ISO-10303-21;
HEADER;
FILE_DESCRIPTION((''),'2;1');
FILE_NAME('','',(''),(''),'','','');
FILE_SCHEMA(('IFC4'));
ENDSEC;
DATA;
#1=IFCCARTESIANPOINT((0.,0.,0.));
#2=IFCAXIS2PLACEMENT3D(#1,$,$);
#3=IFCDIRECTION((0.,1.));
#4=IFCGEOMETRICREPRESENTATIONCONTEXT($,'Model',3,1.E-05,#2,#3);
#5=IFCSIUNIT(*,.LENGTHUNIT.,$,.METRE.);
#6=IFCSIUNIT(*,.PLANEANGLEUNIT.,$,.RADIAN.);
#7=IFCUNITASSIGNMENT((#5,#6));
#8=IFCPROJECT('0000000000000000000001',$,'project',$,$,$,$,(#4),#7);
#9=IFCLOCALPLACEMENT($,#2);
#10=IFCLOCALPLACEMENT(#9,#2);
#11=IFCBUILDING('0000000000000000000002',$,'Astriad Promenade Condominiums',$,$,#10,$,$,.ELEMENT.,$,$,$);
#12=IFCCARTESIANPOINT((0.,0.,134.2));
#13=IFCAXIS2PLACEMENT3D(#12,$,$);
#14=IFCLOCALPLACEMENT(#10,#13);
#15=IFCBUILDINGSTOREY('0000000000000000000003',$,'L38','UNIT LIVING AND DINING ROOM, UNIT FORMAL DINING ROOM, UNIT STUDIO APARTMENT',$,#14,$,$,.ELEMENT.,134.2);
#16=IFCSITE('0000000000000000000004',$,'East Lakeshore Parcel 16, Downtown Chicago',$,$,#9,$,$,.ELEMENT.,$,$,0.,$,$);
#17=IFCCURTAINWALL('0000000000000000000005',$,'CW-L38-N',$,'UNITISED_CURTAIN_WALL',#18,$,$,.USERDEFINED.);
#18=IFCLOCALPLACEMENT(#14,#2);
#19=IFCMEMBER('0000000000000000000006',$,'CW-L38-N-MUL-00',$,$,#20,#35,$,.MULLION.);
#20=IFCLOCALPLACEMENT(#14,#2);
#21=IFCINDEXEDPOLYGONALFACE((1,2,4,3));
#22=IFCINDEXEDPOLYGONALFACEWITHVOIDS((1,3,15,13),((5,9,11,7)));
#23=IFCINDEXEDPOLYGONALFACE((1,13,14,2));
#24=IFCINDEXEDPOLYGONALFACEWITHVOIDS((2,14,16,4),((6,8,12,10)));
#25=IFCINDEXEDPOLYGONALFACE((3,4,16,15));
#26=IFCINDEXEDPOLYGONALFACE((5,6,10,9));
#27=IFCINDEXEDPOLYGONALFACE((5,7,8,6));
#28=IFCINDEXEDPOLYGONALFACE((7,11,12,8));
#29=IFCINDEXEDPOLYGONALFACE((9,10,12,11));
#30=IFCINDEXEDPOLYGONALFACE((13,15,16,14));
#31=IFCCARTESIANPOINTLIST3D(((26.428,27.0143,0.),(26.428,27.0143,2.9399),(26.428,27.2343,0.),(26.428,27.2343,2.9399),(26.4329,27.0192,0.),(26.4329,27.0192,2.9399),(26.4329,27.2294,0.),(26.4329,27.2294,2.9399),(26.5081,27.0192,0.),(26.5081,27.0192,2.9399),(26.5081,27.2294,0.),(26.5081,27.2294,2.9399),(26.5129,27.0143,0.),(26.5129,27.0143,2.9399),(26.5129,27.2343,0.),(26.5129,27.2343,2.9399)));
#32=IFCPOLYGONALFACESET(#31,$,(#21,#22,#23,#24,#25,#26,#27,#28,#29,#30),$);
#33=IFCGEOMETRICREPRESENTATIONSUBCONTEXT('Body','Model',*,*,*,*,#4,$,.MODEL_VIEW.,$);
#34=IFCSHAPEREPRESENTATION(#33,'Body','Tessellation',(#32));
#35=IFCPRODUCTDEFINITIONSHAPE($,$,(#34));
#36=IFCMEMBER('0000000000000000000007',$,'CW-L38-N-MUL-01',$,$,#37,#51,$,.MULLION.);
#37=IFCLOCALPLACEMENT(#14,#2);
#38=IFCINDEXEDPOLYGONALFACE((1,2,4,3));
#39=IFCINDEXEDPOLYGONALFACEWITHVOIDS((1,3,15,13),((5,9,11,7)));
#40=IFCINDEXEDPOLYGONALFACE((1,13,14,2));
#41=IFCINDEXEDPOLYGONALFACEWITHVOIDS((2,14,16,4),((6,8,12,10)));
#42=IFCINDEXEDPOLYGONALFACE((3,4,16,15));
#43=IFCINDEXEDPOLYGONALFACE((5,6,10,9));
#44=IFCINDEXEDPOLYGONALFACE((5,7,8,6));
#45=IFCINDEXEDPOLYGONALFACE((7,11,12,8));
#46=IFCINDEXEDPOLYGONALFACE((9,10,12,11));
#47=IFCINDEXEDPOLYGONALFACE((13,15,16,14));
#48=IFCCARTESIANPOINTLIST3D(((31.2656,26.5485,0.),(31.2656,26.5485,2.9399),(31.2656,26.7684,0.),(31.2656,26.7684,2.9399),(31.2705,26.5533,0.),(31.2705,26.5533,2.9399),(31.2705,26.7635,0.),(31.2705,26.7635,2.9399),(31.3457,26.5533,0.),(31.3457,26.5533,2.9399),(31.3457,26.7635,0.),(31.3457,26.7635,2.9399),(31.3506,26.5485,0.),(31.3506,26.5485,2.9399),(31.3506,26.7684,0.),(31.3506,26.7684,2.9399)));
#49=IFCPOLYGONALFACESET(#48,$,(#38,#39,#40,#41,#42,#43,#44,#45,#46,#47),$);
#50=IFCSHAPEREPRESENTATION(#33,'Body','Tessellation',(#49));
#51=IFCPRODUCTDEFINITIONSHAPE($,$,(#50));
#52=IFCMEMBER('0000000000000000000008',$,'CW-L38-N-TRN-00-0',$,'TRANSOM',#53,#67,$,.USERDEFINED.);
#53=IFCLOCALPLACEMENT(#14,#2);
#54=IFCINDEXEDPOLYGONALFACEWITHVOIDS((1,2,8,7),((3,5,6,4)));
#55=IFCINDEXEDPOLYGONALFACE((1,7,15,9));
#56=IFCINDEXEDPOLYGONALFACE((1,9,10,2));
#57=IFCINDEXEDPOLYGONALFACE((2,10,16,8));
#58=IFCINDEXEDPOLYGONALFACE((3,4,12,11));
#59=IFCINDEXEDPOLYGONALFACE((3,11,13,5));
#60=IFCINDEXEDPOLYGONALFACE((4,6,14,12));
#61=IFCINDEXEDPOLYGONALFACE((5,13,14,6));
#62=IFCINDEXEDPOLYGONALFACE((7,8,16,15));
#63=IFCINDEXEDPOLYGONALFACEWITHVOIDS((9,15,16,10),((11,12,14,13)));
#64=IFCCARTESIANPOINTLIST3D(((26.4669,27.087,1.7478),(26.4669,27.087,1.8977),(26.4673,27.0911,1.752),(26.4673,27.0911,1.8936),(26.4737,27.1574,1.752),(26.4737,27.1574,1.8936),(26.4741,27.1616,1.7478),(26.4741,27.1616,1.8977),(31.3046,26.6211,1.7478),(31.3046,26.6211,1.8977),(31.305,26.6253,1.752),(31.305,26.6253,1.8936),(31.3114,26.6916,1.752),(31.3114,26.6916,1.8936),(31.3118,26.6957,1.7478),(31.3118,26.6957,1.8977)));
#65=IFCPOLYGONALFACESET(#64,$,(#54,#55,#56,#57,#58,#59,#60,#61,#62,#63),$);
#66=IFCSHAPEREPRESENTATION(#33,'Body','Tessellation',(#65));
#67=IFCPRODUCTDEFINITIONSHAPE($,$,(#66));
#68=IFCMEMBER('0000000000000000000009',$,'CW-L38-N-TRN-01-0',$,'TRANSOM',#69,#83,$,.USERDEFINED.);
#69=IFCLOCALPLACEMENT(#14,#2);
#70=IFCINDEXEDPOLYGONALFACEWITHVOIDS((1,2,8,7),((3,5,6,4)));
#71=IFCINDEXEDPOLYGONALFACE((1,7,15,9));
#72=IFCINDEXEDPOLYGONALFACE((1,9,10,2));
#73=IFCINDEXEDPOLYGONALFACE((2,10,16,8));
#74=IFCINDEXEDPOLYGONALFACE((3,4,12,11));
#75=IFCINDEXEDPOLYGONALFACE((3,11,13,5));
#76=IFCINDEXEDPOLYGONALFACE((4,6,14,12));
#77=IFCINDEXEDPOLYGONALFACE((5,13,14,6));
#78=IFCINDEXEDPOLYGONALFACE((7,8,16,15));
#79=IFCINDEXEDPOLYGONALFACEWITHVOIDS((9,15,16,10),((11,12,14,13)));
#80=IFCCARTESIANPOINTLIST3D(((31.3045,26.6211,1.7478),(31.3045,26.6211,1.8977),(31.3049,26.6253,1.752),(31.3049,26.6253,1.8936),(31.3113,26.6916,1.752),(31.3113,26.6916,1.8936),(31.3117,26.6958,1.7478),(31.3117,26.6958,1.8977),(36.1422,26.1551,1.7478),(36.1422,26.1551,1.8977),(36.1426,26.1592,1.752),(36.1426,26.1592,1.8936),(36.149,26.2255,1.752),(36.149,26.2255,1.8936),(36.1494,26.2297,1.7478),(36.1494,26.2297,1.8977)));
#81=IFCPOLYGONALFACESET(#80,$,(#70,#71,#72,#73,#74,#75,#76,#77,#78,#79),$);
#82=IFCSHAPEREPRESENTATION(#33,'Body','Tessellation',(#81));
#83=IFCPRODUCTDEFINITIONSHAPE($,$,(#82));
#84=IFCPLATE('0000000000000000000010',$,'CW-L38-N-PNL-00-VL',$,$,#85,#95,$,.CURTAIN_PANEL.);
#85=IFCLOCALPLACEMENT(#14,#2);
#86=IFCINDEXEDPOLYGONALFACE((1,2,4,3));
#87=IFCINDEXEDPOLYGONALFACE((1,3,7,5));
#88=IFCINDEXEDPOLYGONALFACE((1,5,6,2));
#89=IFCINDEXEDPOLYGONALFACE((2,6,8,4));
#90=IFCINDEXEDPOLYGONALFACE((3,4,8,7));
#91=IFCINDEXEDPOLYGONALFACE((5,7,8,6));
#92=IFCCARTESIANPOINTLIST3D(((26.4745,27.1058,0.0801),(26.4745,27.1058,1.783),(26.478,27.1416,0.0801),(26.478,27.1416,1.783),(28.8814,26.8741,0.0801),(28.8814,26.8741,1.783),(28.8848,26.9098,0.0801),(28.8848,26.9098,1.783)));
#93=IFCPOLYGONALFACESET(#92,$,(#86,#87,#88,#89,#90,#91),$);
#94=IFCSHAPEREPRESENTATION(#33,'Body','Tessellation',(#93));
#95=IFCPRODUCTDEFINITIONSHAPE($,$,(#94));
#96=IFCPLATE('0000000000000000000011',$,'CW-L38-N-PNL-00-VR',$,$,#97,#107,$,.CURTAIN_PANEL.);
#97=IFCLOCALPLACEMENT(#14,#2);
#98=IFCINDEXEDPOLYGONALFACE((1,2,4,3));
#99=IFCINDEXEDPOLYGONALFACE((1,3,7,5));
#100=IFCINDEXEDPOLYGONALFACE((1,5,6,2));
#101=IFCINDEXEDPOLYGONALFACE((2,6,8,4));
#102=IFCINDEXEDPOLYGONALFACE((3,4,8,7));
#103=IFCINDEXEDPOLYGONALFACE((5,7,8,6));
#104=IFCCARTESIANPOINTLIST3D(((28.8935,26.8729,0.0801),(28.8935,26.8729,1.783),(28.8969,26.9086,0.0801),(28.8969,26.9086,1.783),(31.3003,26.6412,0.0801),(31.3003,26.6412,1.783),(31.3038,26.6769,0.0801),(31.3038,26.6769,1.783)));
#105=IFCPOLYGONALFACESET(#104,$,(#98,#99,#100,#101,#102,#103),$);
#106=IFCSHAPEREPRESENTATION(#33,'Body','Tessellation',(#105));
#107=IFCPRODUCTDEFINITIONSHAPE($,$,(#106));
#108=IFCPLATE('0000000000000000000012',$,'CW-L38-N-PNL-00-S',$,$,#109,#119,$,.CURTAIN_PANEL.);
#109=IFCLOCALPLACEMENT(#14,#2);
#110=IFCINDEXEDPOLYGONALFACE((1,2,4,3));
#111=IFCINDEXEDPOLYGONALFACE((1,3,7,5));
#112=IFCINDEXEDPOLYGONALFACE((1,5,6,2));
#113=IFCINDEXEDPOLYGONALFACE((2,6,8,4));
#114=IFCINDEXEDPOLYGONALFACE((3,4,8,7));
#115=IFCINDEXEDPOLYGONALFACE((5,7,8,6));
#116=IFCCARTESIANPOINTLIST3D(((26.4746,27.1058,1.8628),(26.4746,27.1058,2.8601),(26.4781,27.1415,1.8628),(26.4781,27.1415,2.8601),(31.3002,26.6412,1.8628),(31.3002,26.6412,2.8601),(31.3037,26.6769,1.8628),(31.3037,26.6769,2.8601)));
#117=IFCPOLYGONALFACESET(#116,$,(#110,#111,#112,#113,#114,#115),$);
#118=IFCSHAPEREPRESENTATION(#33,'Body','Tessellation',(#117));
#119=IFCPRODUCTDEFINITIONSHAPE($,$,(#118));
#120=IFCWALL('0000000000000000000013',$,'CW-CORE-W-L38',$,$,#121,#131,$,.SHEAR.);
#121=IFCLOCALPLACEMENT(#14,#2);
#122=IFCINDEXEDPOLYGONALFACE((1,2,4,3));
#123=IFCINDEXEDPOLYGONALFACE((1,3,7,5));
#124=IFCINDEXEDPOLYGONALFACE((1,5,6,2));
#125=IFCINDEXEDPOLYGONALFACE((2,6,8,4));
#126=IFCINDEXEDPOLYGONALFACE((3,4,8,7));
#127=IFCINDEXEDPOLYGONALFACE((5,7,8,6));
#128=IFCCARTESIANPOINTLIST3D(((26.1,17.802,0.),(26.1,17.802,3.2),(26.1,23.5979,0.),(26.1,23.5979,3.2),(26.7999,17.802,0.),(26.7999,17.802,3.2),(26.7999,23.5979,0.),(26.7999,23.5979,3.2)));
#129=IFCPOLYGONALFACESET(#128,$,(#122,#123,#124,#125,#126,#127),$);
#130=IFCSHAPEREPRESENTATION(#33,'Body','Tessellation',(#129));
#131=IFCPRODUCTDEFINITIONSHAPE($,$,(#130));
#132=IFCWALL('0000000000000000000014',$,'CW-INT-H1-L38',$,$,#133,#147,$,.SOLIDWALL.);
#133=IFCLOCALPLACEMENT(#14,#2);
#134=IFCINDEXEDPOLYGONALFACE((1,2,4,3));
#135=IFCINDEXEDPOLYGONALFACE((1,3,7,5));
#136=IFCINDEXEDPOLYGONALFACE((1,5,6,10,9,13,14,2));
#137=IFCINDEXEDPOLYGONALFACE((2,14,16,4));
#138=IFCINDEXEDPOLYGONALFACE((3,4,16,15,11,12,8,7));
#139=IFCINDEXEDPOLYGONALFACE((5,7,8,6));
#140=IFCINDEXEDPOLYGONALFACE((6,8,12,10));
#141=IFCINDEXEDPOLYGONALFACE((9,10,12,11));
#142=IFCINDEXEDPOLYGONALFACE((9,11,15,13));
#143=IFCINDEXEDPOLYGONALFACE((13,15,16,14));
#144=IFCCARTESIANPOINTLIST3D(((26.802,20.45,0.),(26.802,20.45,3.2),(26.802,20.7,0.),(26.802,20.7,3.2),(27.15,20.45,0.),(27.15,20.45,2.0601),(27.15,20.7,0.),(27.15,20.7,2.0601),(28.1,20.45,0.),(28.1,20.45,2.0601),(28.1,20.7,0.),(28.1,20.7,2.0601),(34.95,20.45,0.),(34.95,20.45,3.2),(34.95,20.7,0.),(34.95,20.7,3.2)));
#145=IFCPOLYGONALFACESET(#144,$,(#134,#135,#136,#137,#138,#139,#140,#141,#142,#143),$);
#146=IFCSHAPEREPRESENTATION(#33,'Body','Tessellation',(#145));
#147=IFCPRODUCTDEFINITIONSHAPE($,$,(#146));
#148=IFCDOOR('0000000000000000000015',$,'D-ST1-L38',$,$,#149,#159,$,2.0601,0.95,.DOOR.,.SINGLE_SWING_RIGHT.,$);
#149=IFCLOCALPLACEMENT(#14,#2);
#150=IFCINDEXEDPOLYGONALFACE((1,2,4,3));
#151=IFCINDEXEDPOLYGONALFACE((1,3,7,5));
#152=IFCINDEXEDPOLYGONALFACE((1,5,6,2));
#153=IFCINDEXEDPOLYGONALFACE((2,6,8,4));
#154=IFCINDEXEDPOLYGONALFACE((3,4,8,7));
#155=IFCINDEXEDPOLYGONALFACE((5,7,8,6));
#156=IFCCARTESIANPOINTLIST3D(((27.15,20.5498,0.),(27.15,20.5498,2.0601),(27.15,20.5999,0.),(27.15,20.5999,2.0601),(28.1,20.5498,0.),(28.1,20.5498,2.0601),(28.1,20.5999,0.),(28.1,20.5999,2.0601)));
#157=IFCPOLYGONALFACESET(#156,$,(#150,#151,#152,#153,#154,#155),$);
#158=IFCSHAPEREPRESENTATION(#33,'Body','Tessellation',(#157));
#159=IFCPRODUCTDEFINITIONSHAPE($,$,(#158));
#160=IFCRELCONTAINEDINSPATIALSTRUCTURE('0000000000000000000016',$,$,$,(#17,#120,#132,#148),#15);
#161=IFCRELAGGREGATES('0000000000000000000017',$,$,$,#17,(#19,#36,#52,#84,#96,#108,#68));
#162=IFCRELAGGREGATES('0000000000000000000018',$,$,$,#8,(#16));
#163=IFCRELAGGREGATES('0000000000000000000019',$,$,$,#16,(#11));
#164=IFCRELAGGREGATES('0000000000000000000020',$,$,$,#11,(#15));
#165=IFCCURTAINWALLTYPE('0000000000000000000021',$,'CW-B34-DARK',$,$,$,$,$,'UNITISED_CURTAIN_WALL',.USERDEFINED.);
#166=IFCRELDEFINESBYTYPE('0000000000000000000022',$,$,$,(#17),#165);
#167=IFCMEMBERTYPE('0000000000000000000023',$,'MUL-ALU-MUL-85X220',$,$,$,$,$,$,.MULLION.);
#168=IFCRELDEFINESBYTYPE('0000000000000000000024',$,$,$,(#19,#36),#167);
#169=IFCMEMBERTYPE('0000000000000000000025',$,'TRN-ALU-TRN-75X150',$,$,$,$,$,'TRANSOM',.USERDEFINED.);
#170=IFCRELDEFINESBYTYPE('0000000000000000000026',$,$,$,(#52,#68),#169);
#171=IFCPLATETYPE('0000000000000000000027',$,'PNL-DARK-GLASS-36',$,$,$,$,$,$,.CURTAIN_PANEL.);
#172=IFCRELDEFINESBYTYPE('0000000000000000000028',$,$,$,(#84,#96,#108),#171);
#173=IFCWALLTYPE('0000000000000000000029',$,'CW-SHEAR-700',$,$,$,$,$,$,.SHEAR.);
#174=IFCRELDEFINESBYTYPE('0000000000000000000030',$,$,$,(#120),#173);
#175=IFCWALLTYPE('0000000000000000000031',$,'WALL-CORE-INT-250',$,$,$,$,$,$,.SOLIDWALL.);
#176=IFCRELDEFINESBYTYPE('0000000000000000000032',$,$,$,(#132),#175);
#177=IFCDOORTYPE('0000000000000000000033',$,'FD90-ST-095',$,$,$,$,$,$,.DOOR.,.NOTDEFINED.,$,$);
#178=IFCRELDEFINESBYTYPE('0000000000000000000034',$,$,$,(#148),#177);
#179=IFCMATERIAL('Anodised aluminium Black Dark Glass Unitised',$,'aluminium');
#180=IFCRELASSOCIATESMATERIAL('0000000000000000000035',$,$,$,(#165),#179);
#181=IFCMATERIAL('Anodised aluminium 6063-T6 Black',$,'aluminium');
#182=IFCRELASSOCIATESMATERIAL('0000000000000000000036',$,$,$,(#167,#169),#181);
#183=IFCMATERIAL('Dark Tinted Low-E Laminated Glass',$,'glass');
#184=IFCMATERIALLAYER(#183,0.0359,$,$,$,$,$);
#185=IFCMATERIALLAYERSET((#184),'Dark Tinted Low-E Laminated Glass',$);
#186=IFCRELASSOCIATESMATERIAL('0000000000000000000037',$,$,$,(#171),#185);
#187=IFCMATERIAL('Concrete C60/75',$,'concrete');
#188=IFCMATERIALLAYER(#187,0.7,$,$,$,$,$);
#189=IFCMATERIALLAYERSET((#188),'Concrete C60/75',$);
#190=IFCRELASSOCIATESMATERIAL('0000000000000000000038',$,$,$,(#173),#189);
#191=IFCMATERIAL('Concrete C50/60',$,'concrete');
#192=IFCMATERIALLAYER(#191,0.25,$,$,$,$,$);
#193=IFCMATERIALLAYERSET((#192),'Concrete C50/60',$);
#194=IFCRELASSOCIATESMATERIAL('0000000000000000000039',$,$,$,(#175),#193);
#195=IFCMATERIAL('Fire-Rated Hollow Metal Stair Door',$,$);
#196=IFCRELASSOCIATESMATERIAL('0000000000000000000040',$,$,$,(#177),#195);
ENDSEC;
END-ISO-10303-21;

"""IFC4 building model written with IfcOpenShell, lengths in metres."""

from ifc_helpers import new_model, si_unit, direction, frame, frame_2d, origin, origin_2d, place, context, subcontext, project, spatial, rectangle, hollow_rectangle, extrude, source, transform, mapped, material, layer, layer_set, material_profile, profile_set, type_object, type_shapes, element, fill, aggregate, save


model = new_model("IFC4")

# Units and contexts
model_context = context("Model", 3, precision=1e-05, world=origin(), true_north=direction((0.0, 1.0)))
body_context = subcontext(model_context, "Body", "Model", "MODEL_VIEW")
ifc_project = project(units=[si_unit("LENGTHUNIT", "METRE"), si_unit("PLANEANGLEUNIT", "RADIAN")], contexts=[model_context])

# Site, building, storey
site_placement = place(None, origin())
site = spatial("IfcSite", under=ifc_project, at=site_placement, Name="East Lakeshore Parcel 16, Downtown Chicago", CompositionType="ELEMENT", RefElevation=0.0)
building_placement = place(site_placement, origin())
building = spatial("IfcBuilding", under=site, at=building_placement, Name="Astriad Promenade Condominiums", CompositionType="ELEMENT")
storey_placement = place(building_placement, frame((0.0, 0.0, 134.2)))
storey = spatial("IfcBuildingStorey", under=building, at=storey_placement, Name="L38", Description="UNIT LIVING AND DINING ROOM, UNIT FORMAL DINING ROOM, UNIT STUDIO APARTMENT", CompositionType="ELEMENT", Elevation=134.2)

# Curtain wall, members, plates
ifc_material_1 = material(Name="Anodised aluminium Black Dark Glass Unitised", Category="aluminium")
curtain_wall_type = type_object("IfcCurtainWallType", Name="CW-B34-DARK", ElementType="UNITISED_CURTAIN_WALL", PredefinedType="USERDEFINED", material=ifc_material_1)
curtain_wall_placement = place(storey_placement, origin())
curtain_wall = element("IfcCurtainWall", 1, at=curtain_wall_placement, inside=storey, type_object=curtain_wall_type, Name="CW-L38-N", ObjectType="UNITISED_CURTAIN_WALL", PredefinedType="USERDEFINED")
ifc_material_2 = material(Name="Anodised aluminium 6063-T6 Black", Category="aluminium")
ifc_material_profile_1 = material_profile(ifc_material_2, hollow_rectangle(XDim=0.085, YDim=0.22, WallThickness=0.0049, at=origin_2d()), Name="ALU-MUL-85X220")
ifc_profile_set_1 = profile_set([ifc_material_profile_1], Name="Anodised aluminium 6063-T6 Black")
member_type_1 = type_object("IfcMemberType", Name="MUL-ALU-MUL-85X220", PredefinedType="MULLION", material=ifc_profile_set_1)
shared_shape_1 = source(origin(), body_context, "Body", "SweptSolid", [
    extrude(hollow_rectangle(XDim=0.085, YDim=0.22, WallThickness=0.0049, at=origin_2d()), origin(), (0.0, 0.0, 1.0), 2.9399),
])
type_shapes(member_type_1, [shared_shape_1])
member_1_placement = place(storey_placement, frame((26.4705, 27.1243, 0.0), z_axis=(0.0, 0.0, 1.0), x_axis=(1.0, 0.0, 0.0)))
member_1 = element("IfcMember", 2, at=member_1_placement, type_object=member_type_1, Name="CW-L38-N-MUL-00", PredefinedType="MULLION", context=body_context, shape_type="MappedRepresentation", body=[
    mapped(shared_shape_1, transform((0.0, 0.0, 0.0), scale=1.0)),
])
member_2_placement = place(storey_placement, frame((31.3081, 26.6584, 0.0), z_axis=(0.0, 0.0, 1.0), x_axis=(1.0, 0.0, 0.0)))
member_2 = element("IfcMember", 3, at=member_2_placement, type_object=member_type_1, Name="CW-L38-N-MUL-01", PredefinedType="MULLION", context=body_context, shape_type="MappedRepresentation", body=[
    mapped(shared_shape_1, transform((0.0, 0.0, 0.0), scale=1.0)),
])
ifc_material_profile_2 = material_profile(ifc_material_2, hollow_rectangle(XDim=0.075, YDim=0.1499, WallThickness=0.0042, at=origin_2d()), Name="ALU-TRN-75X150")
ifc_profile_set_2 = profile_set([ifc_material_profile_2], Name="Anodised aluminium 6063-T6 Black")
member_type_2 = type_object("IfcMemberType", Name="TRN-ALU-TRN-75X150", ElementType="TRANSOM", PredefinedType="USERDEFINED", material=ifc_profile_set_2)
shared_shape_2 = source(origin(), body_context, "Body", "SweptSolid", [
    extrude(hollow_rectangle(XDim=0.075, YDim=0.1499, WallThickness=0.0042, at=origin_2d()), origin(), (0.0, 0.0, 1.0), 4.8601),
])
type_shapes(member_type_2, [shared_shape_2])
member_3_placement = place(storey_placement, frame((26.4705, 27.1243, 1.8228), z_axis=(0.995396, -0.095847, 0.0), x_axis=(0.095847, 0.995396, 0.0)))
member_3 = element("IfcMember", 4, at=member_3_placement, type_object=member_type_2, Name="CW-L38-N-TRN-00-0", ObjectType="TRANSOM", PredefinedType="USERDEFINED", context=body_context, shape_type="MappedRepresentation", body=[
    mapped(shared_shape_2, transform((0.0, 0.0, 0.0), scale=1.0)),
])
member_4_placement = place(storey_placement, frame((31.3081, 26.6584, 1.8228), z_axis=(0.995391, -0.095897, 0.0), x_axis=(0.095897, 0.995391, 0.0)))
member_4 = element("IfcMember", 5, at=member_4_placement, type_object=member_type_2, Name="CW-L38-N-TRN-01-0", ObjectType="TRANSOM", PredefinedType="USERDEFINED", context=body_context, shape_type="MappedRepresentation", body=[
    mapped(shared_shape_2, transform((0.0, 0.0, 0.0), scale=1.0)),
])
ifc_material_3 = material(Name="Dark Tinted Low-E Laminated Glass", Category="glass")
ifc_layer_1 = layer(ifc_material_3, 0.0359)
ifc_layer_set_1 = layer_set([ifc_layer_1], Name="Dark Tinted Low-E Laminated Glass")
plate_type = type_object("IfcPlateType", Name="PNL-DARK-GLASS-36", PredefinedType="CURTAIN_PANEL", material=ifc_layer_set_1)
shared_shape_3 = source(origin(), body_context, "Body", "SweptSolid", [
    extrude(rectangle(XDim=2.418, YDim=0.0359, at=origin_2d()), origin(), (0.0, 0.0, 1.0), 1.7029),
])
plate_1_placement = place(storey_placement, frame((27.6797, 27.0078, 0.0801), z_axis=(0.0, 0.0, 1.0), x_axis=(0.995396, -0.095846, 0.0)))
plate_1 = element("IfcPlate", 6, at=plate_1_placement, type_object=plate_type, Name="CW-L38-N-PNL-00-VL", PredefinedType="CURTAIN_PANEL", context=body_context, shape_type="MappedRepresentation", body=[
    mapped(shared_shape_3, transform((0.0, 0.0, 0.0), scale=1.0)),
])
plate_2_placement = place(storey_placement, frame((30.0986, 26.7749, 0.0801), z_axis=(0.0, 0.0, 1.0), x_axis=(0.995396, -0.095846, 0.0)))
plate_2 = element("IfcPlate", 7, at=plate_2_placement, type_object=plate_type, Name="CW-L38-N-PNL-00-VR", PredefinedType="CURTAIN_PANEL", context=body_context, shape_type="MappedRepresentation", body=[
    mapped(shared_shape_3, transform((0.0, 0.0, 0.0), scale=1.0)),
])
shared_shape_4 = source(origin(), body_context, "Body", "SweptSolid", [
    extrude(rectangle(XDim=4.8479, YDim=0.0359, at=origin_2d()), origin(), (0.0, 0.0, 1.0), 0.9973),
])
type_shapes(plate_type, [shared_shape_3, shared_shape_4])
plate_3_placement = place(storey_placement, frame((28.8892, 26.8914, 1.8628), z_axis=(0.0, 0.0, 1.0), x_axis=(0.995396, -0.095846, 0.0)))
plate_3 = element("IfcPlate", 8, at=plate_3_placement, type_object=plate_type, Name="CW-L38-N-PNL-00-S", PredefinedType="CURTAIN_PANEL", context=body_context, shape_type="MappedRepresentation", body=[
    mapped(shared_shape_4, transform((0.0, 0.0, 0.0), scale=1.0)),
])
aggregate(curtain_wall, [member_1, member_2, member_3, plate_1, plate_2, plate_3, member_4])

# Wall
ifc_material_4 = material(Name="Concrete C60/75", Category="concrete")
ifc_layer_2 = layer(ifc_material_4, 0.7)
ifc_layer_set_2 = layer_set([ifc_layer_2], Name="Concrete C60/75")
wall_type_1 = type_object("IfcWallType", Name="CW-SHEAR-700", PredefinedType="SHEAR", material=ifc_layer_set_2)
wall_1_placement = place(storey_placement, frame((26.45, 17.802, 0.0), z_axis=(0.0, 0.0, 1.0), x_axis=(0.0, 1.0, 0.0)))
element("IfcWall", 9, at=wall_1_placement, inside=storey, type_object=wall_type_1, Name="CW-CORE-W-L38", PredefinedType="SHEAR", context=body_context, shape_type="SweptSolid", body=[
    extrude(rectangle(XDim=5.7959, YDim=0.7, at=frame_2d((2.8979, 0.0))), origin(), (0.0, 0.0, 1.0), 3.2),
])

# Wall, opening, door
ifc_material_5 = material(Name="Concrete C50/60", Category="concrete")
ifc_layer_3 = layer(ifc_material_5, 0.25)
ifc_layer_set_3 = layer_set([ifc_layer_3], Name="Concrete C50/60")
wall_type_2 = type_object("IfcWallType", Name="WALL-CORE-INT-250", PredefinedType="SOLIDWALL", material=ifc_layer_set_3)
wall_2_placement = place(storey_placement, frame((26.802, 20.575, 0.0), z_axis=(0.0, 0.0, 1.0), x_axis=(1.0, 0.0, 0.0)))
wall_2 = element("IfcWall", 10, at=wall_2_placement, inside=storey, type_object=wall_type_2, Name="CW-INT-H1-L38", PredefinedType="SOLIDWALL", context=body_context, shape_type="SweptSolid", body=[
    extrude(rectangle(XDim=8.1479, YDim=0.25, at=frame_2d((4.074, 0.0))), origin(), (0.0, 0.0, 1.0), 3.2),
])
opening_placement = place(wall_2_placement, frame((0.3479, 0.0, 0.0)))
opening = element("IfcOpeningElement", 11, at=opening_placement, cuts=wall_2, PredefinedType="OPENING", context=body_context, shape_type="SweptSolid", body=[
    extrude(rectangle(XDim=0.95, YDim=2.0601, at=frame_2d((0.4751, 1.03))), frame((0.0, 0.135, 0.0), z_axis=(0.0, -1.0, 0.0), x_axis=(1.0, 0.0, 0.0)), (0.0, 0.0, 1.0), 0.27),
])
ifc_material_6 = material(Name="Fire-Rated Hollow Metal Stair Door")
door_type = type_object("IfcDoorType", Name="FD90-ST-095", OperationType="NOTDEFINED", PredefinedType="DOOR", material=ifc_material_6)
shared_shape_5 = source(origin(), body_context, "Body", "SweptSolid", [
    extrude(rectangle(XDim=0.95, YDim=2.0601, at=frame_2d((0.4751, 1.03))), frame((0.0, 0.0249, 0.0), z_axis=(0.0, -1.0, 0.0), x_axis=(1.0, 0.0, 0.0)), (0.0, 0.0, 1.0), 0.05),
])
type_shapes(door_type, [shared_shape_5])
door_placement = place(opening_placement, origin())
door = element("IfcDoor", 12, at=door_placement, inside=storey, type_object=door_type, Name="D-ST1-L38", OperationType="SINGLE_SWING_RIGHT", OverallHeight=2.0601, OverallWidth=0.95, PredefinedType="DOOR", context=body_context, shape_type="MappedRepresentation", body=[
    mapped(shared_shape_5, transform((0.0, 0.0, 0.0), scale=1.0)),
])
fill(opening, door)

save(model, "model.ifc")
